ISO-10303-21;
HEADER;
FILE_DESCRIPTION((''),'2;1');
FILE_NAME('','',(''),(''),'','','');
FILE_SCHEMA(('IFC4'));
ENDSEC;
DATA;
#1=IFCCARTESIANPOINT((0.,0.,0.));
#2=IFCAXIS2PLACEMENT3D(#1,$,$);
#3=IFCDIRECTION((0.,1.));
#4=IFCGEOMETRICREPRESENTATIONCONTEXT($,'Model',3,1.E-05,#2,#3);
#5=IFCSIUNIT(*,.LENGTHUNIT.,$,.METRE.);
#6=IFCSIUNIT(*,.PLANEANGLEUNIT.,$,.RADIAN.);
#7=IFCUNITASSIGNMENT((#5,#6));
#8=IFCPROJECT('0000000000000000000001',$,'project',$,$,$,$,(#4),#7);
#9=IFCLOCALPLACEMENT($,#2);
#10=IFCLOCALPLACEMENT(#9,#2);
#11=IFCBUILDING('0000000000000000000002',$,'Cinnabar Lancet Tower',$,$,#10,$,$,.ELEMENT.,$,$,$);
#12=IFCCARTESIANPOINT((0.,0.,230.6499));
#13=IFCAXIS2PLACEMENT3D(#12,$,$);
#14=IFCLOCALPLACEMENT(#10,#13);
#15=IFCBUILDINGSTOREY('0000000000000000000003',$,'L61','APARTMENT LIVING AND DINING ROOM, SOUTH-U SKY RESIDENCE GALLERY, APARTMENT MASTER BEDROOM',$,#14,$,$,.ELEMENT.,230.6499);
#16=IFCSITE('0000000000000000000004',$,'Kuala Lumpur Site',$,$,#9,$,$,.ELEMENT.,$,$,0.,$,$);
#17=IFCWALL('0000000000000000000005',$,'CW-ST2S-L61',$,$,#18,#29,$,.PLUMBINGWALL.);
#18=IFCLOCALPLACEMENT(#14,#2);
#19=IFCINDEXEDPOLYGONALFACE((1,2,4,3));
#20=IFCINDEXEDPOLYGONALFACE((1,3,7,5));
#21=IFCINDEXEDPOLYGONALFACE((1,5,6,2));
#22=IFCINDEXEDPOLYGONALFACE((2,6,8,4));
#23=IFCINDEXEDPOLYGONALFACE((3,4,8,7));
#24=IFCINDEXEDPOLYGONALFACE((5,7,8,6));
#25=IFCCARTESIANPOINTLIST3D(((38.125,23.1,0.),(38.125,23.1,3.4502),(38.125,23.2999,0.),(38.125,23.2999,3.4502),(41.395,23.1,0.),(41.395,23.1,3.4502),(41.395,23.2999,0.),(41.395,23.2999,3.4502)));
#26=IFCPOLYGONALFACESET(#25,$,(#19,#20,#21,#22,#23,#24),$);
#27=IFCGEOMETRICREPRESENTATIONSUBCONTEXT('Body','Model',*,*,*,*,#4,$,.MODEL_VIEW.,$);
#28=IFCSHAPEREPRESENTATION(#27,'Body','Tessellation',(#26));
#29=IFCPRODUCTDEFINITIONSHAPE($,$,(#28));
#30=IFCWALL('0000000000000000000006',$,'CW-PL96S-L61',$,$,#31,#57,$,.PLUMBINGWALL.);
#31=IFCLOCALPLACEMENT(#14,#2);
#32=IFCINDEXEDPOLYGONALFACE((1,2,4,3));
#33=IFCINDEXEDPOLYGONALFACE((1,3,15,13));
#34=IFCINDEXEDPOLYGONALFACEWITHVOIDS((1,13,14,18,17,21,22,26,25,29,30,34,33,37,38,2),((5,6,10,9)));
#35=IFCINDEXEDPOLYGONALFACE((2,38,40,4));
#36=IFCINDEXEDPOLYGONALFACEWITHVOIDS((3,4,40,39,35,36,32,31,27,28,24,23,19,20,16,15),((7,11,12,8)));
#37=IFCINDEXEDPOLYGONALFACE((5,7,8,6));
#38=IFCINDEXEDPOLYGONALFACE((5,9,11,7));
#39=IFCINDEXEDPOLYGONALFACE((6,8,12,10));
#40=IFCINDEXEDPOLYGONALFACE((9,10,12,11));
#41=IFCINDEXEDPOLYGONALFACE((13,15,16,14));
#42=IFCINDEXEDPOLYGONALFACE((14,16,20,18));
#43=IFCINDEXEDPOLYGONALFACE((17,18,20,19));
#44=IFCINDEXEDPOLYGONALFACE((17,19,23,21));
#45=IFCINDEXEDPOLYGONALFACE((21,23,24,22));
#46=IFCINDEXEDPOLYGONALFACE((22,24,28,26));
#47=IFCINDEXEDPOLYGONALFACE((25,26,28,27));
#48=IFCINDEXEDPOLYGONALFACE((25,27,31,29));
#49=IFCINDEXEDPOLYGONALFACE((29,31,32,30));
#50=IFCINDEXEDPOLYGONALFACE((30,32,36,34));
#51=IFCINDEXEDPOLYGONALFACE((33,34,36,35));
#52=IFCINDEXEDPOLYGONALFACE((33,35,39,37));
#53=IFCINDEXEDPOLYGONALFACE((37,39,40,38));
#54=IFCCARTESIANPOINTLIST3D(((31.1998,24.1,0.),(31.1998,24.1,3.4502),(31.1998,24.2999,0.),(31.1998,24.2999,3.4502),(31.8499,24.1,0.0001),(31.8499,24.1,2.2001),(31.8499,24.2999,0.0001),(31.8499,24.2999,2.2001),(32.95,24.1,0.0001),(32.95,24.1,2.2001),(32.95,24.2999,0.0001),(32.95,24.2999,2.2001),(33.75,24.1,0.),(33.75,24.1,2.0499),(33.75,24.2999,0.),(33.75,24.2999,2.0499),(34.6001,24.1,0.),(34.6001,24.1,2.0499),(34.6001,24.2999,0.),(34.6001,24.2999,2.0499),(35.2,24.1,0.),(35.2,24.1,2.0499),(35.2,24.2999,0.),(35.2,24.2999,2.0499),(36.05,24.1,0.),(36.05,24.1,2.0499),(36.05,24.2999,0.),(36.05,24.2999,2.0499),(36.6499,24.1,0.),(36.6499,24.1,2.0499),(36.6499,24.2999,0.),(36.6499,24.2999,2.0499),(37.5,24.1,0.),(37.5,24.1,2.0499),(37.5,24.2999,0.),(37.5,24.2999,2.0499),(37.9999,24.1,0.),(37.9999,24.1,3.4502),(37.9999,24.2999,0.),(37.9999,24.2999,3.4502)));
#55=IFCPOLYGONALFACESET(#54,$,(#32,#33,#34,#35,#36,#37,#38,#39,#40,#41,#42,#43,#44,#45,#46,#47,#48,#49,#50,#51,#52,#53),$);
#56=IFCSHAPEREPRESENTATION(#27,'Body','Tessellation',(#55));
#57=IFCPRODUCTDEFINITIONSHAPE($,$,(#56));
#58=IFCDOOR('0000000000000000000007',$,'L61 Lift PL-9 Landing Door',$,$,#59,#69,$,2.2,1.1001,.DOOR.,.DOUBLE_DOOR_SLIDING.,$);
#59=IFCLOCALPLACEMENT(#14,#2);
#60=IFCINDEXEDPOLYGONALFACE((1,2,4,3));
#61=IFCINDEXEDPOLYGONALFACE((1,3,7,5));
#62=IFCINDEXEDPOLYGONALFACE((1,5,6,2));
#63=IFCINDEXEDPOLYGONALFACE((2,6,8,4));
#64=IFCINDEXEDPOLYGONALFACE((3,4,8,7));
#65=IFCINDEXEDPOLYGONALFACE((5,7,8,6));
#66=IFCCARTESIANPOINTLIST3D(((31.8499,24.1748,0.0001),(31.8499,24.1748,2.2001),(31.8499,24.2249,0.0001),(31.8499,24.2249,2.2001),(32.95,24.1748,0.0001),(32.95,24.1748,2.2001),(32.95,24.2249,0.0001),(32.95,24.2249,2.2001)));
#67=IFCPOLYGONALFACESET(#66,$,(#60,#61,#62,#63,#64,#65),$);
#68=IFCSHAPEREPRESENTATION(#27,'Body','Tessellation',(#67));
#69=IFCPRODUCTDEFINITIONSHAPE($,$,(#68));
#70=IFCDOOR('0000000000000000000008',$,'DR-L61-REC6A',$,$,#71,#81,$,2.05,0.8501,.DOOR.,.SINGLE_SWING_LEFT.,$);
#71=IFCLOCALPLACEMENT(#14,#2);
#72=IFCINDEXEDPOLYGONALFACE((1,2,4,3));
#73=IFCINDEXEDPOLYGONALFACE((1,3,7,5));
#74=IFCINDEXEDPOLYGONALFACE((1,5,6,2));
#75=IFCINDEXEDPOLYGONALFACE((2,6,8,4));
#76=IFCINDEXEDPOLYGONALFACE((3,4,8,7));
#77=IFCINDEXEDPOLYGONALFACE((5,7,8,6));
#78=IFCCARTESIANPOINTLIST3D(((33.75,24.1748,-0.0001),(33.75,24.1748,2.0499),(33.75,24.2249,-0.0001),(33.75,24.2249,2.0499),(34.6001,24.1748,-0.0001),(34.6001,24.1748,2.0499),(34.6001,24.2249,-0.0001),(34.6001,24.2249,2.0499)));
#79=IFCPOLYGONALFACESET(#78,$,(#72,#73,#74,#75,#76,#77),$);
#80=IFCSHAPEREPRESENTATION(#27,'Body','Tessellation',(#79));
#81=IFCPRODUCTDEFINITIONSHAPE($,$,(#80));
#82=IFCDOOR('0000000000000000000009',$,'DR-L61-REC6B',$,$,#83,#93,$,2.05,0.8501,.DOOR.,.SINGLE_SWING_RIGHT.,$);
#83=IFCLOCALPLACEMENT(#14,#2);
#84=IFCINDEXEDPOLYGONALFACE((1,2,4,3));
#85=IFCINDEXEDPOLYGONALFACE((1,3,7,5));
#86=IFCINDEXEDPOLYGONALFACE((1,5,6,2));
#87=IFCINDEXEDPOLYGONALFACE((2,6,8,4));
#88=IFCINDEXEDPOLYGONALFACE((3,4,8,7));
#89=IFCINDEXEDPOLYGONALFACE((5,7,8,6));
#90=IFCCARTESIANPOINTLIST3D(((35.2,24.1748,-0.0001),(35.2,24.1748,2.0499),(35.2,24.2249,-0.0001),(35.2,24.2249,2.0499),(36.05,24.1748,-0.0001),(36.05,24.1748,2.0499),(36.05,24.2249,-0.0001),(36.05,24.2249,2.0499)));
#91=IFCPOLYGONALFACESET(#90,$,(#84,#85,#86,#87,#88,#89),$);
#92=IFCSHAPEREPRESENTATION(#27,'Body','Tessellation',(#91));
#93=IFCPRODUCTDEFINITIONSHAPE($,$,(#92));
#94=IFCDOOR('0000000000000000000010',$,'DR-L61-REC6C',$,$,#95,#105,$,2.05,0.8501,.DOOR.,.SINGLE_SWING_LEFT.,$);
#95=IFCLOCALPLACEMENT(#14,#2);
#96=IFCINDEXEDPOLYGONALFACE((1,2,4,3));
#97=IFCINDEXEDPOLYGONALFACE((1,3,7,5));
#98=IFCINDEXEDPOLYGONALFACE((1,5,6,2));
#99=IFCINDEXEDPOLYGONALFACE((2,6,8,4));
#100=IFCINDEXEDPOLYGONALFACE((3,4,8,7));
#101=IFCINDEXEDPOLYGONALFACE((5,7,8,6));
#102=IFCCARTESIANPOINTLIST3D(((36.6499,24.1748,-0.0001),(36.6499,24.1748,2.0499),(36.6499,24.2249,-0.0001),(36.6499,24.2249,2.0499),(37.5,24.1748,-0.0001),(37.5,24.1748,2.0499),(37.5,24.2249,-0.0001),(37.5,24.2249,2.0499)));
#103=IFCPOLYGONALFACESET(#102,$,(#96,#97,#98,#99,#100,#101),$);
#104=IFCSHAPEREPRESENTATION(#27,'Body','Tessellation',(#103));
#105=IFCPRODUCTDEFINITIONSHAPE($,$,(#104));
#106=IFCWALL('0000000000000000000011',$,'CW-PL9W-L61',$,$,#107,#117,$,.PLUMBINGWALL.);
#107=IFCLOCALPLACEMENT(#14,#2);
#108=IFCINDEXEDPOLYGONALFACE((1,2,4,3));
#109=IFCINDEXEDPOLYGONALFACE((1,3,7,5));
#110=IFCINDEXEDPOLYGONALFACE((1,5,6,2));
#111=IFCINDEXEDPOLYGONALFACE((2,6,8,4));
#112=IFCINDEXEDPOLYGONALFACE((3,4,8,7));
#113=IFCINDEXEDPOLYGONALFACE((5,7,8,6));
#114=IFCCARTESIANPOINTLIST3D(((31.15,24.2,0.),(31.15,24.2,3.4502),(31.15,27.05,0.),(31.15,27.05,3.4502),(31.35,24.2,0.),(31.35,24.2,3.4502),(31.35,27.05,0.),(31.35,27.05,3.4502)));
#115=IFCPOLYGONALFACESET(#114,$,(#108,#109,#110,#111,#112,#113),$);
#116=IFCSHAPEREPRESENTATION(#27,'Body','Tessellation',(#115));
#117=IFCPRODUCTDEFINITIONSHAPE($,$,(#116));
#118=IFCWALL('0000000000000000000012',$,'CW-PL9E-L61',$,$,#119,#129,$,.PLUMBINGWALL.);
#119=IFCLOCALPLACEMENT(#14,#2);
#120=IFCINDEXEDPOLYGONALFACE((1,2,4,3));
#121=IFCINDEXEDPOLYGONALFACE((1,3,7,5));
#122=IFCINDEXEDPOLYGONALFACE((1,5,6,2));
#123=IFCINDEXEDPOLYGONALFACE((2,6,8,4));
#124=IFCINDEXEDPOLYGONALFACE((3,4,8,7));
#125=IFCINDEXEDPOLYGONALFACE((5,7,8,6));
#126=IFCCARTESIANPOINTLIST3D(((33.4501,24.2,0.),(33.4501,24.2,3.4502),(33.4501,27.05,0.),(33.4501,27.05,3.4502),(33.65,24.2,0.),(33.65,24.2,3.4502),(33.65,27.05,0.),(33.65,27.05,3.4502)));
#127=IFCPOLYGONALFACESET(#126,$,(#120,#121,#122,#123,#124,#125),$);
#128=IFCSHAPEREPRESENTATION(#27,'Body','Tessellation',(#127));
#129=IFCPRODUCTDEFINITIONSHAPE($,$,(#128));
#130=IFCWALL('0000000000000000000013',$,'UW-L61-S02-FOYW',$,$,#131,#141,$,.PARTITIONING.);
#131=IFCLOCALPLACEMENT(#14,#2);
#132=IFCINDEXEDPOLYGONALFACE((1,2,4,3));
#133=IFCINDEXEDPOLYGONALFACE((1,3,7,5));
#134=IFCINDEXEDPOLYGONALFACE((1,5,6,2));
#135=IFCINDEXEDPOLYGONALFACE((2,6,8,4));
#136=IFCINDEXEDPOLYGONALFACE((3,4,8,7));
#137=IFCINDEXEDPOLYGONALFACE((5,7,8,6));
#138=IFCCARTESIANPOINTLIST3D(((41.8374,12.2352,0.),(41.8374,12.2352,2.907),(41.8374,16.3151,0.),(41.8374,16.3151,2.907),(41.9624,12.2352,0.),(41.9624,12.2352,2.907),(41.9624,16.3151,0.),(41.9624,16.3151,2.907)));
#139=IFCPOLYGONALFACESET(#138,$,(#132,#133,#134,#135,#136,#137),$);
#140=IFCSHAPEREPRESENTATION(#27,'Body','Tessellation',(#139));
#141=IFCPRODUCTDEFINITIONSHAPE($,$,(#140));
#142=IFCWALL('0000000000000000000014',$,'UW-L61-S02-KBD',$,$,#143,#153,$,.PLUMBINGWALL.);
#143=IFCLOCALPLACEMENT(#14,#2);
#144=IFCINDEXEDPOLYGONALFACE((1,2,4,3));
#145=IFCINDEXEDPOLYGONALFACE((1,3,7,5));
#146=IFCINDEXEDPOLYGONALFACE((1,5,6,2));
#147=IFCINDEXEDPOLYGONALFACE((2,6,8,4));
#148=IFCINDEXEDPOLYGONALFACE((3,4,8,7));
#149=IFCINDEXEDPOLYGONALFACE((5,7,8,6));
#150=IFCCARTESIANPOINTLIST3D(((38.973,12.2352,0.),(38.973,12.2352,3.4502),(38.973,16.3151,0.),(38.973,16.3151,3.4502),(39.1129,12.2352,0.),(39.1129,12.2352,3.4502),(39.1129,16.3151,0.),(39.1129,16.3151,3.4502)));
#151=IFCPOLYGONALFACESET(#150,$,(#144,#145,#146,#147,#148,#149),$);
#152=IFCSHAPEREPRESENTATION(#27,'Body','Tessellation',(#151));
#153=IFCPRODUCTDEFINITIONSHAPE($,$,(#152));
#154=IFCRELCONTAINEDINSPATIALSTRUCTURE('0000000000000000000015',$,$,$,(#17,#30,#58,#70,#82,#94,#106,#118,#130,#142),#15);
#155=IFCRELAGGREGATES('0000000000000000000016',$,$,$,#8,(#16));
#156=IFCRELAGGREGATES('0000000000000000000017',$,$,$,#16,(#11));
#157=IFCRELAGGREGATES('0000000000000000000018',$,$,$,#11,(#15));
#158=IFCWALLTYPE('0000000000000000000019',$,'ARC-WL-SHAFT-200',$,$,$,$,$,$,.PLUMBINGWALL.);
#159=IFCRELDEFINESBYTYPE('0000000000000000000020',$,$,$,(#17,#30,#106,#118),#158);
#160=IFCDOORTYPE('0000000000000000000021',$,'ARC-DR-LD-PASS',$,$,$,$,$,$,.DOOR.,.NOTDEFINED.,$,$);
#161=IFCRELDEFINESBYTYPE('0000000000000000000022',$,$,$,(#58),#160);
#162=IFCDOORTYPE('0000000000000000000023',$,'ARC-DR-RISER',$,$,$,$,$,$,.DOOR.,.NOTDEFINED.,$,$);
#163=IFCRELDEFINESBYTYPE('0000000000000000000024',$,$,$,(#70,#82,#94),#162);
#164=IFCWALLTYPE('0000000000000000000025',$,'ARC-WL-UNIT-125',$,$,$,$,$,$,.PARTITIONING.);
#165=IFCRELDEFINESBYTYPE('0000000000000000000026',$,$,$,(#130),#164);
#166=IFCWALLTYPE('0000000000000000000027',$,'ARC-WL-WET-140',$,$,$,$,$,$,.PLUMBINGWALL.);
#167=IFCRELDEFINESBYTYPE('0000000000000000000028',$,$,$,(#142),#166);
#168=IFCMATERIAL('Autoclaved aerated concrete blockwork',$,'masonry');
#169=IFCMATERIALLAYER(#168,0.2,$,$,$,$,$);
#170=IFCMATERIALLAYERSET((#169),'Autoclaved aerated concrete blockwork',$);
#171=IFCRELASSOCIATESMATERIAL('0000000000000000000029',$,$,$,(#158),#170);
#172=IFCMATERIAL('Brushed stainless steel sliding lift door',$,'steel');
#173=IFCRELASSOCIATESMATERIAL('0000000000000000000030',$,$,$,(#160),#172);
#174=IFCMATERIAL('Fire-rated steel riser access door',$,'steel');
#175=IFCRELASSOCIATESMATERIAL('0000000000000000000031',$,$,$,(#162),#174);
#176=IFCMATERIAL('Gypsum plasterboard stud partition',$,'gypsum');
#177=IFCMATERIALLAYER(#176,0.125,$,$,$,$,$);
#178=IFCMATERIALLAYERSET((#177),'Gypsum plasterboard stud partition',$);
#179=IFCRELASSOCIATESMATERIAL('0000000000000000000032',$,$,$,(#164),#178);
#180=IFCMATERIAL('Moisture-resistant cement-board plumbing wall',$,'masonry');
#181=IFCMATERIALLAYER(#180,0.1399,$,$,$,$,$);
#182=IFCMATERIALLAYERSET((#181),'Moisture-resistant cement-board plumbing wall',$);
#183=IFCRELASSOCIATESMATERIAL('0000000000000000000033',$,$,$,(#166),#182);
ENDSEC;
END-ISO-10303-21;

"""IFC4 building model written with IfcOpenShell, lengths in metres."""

from ifc_helpers import new_model, si_unit, direction, frame, frame_2d, origin, place, context, subcontext, project, spatial, rectangle, extrude, material, layer, layer_set, type_object, element, fill, save


model = new_model("IFC4")

# Units and contexts
model_context = context("Model", 3, precision=1e-05, world=origin(), true_north=direction((0.0, 1.0)))
body_context = subcontext(model_context, "Body", "Model", "MODEL_VIEW")
ifc_project = project(units=[si_unit("LENGTHUNIT", "METRE"), si_unit("PLANEANGLEUNIT", "RADIAN")], contexts=[model_context])

# Site, building, storey
site_placement = place(None, origin())
site = spatial("IfcSite", under=ifc_project, at=site_placement, Name="Kuala Lumpur Site", CompositionType="ELEMENT", RefElevation=0.0)
building_placement = place(site_placement, origin())
building = spatial("IfcBuilding", under=site, at=building_placement, Name="Cinnabar Lancet Tower", CompositionType="ELEMENT")
storey_placement = place(building_placement, frame((0.0, 0.0, 230.6499)))
storey = spatial("IfcBuildingStorey", under=building, at=storey_placement, Name="L61", Description="APARTMENT LIVING AND DINING ROOM, SOUTH-U SKY RESIDENCE GALLERY, APARTMENT MASTER BEDROOM", CompositionType="ELEMENT", Elevation=230.6499)

# Wall
ifc_material_1 = material(Name="Autoclaved aerated concrete blockwork", Category="masonry")
ifc_layer_1 = layer(ifc_material_1, 0.2)
ifc_layer_set_1 = layer_set([ifc_layer_1], Name="Autoclaved aerated concrete blockwork")
wall_type_1 = type_object("IfcWallType", Name="ARC-WL-SHAFT-200", PredefinedType="PLUMBINGWALL", material=ifc_layer_set_1)
wall_1_placement = place(storey_placement, frame((38.125, 23.2, 0.0), z_axis=(0.0, 0.0, 1.0), x_axis=(1.0, 0.0, 0.0)))
element("IfcWall", 1, at=wall_1_placement, inside=storey, type_object=wall_type_1, Name="CW-ST2S-L61", PredefinedType="PLUMBINGWALL", context=body_context, shape_type="SweptSolid", body=[
    extrude(rectangle(XDim=3.27, YDim=0.2, at=frame_2d((1.635, 0.0))), origin(), (0.0, 0.0, 1.0), 3.4502),
])

# Wall, openings, doors
wall_2_placement = place(storey_placement, frame((31.2, 24.2, 0.0), z_axis=(0.0, 0.0, 1.0), x_axis=(1.0, 0.0, 0.0)))
wall_2 = element("IfcWall", 2, at=wall_2_placement, inside=storey, type_object=wall_type_1, Name="CW-PL96S-L61", PredefinedType="PLUMBINGWALL", context=body_context, shape_type="SweptSolid", body=[
    extrude(rectangle(XDim=6.8, YDim=0.2, at=frame_2d((3.3999, 0.0))), origin(), (0.0, 0.0, 1.0), 3.4502),
])
opening_1_placement = place(wall_2_placement, frame((0.6499, 0.0, 0.0)))
opening_1 = element("IfcOpeningElement", 3, at=opening_1_placement, cuts=wall_2, PredefinedType="OPENING", context=body_context, shape_type="SweptSolid", body=[
    extrude(rectangle(XDim=1.1001, YDim=2.2, at=frame_2d((0.55, 1.1001))), frame((0.0, 0.1099, 0.0), z_axis=(0.0, -1.0, 0.0), x_axis=(1.0, 0.0, 0.0)), (0.0, 0.0, 1.0), 0.22),
])
opening_2_placement = place(wall_2_placement, frame((2.55, 0.0, 0.0)))
opening_2 = element("IfcOpeningElement", 4, at=opening_2_placement, cuts=wall_2, PredefinedType="OPENING", context=body_context, shape_type="SweptSolid", body=[
    extrude(rectangle(XDim=0.8501, YDim=2.05, at=frame_2d((0.425, 1.0249))), frame((0.0, 0.1099, 0.0), z_axis=(0.0, -1.0, 0.0), x_axis=(1.0, 0.0, 0.0)), (0.0, 0.0, 1.0), 0.22),
])
opening_3_placement = place(wall_2_placement, frame((4.0, 0.0, 0.0)))
opening_3 = element("IfcOpeningElement", 5, at=opening_3_placement, cuts=wall_2, PredefinedType="OPENING", context=body_context, shape_type="SweptSolid", body=[
    extrude(rectangle(XDim=0.8501, YDim=2.05, at=frame_2d((0.425, 1.0249))), frame((0.0, 0.1099, 0.0), z_axis=(0.0, -1.0, 0.0), x_axis=(1.0, 0.0, 0.0)), (0.0, 0.0, 1.0), 0.22),
])
opening_4_placement = place(wall_2_placement, frame((5.45, 0.0, 0.0)))
opening_4 = element("IfcOpeningElement", 6, at=opening_4_placement, cuts=wall_2, PredefinedType="OPENING", context=body_context, shape_type="SweptSolid", body=[
    extrude(rectangle(XDim=0.8501, YDim=2.05, at=frame_2d((0.425, 1.0249))), frame((0.0, 0.1099, 0.0), z_axis=(0.0, -1.0, 0.0), x_axis=(1.0, 0.0, 0.0)), (0.0, 0.0, 1.0), 0.22),
])
ifc_material_2 = material(Name="Brushed stainless steel sliding lift door", Category="steel")
door_type_1 = type_object("IfcDoorType", Name="ARC-DR-LD-PASS", OperationType="NOTDEFINED", PredefinedType="DOOR", material=ifc_material_2)
door_1_placement = place(opening_1_placement, origin())
door_1 = element("IfcDoor", 7, at=door_1_placement, inside=storey, type_object=door_type_1, Name="L61 Lift PL-9 Landing Door", OperationType="DOUBLE_DOOR_SLIDING", OverallHeight=2.2, OverallWidth=1.1001, PredefinedType="DOOR", context=body_context, shape_type="SweptSolid", body=[
    extrude(rectangle(XDim=1.1001, YDim=2.2, at=frame_2d((0.55, 1.1001))), frame((0.0, 0.0249, 0.0), z_axis=(0.0, -1.0, 0.0), x_axis=(1.0, 0.0, 0.0)), (0.0, 0.0, 1.0), 0.05),
])
fill(opening_1, door_1)
ifc_material_3 = material(Name="Fire-rated steel riser access door", Category="steel")
door_type_2 = type_object("IfcDoorType", Name="ARC-DR-RISER", OperationType="NOTDEFINED", PredefinedType="DOOR", material=ifc_material_3)
door_2_placement = place(opening_2_placement, origin())
door_2 = element("IfcDoor", 8, at=door_2_placement, inside=storey, type_object=door_type_2, Name="DR-L61-REC6A", OperationType="SINGLE_SWING_LEFT", OverallHeight=2.05, OverallWidth=0.8501, PredefinedType="DOOR", context=body_context, shape_type="SweptSolid", body=[
    extrude(rectangle(XDim=0.8501, YDim=2.05, at=frame_2d((0.425, 1.0249))), frame((0.0, 0.0249, 0.0), z_axis=(0.0, -1.0, 0.0), x_axis=(1.0, 0.0, 0.0)), (0.0, 0.0, 1.0), 0.05),
])
fill(opening_2, door_2)
door_3_placement = place(opening_3_placement, origin())
door_3 = element("IfcDoor", 9, at=door_3_placement, inside=storey, type_object=door_type_2, Name="DR-L61-REC6B", OperationType="SINGLE_SWING_RIGHT", OverallHeight=2.05, OverallWidth=0.8501, PredefinedType="DOOR", context=body_context, shape_type="SweptSolid", body=[
    extrude(rectangle(XDim=0.8501, YDim=2.05, at=frame_2d((0.425, 1.0249))), frame((0.0, 0.0249, 0.0), z_axis=(0.0, -1.0, 0.0), x_axis=(1.0, 0.0, 0.0)), (0.0, 0.0, 1.0), 0.05),
])
fill(opening_3, door_3)
door_4_placement = place(opening_4_placement, origin())
door_4 = element("IfcDoor", 10, at=door_4_placement, inside=storey, type_object=door_type_2, Name="DR-L61-REC6C", OperationType="SINGLE_SWING_LEFT", OverallHeight=2.05, OverallWidth=0.8501, PredefinedType="DOOR", context=body_context, shape_type="SweptSolid", body=[
    extrude(rectangle(XDim=0.8501, YDim=2.05, at=frame_2d((0.425, 1.0249))), frame((0.0, 0.0249, 0.0), z_axis=(0.0, -1.0, 0.0), x_axis=(1.0, 0.0, 0.0)), (0.0, 0.0, 1.0), 0.05),
])
fill(opening_4, door_4)

# Walls
for number, where, z_axis, x_axis, name in (
    (11, (31.25, 24.2, 0.0), (0.0, 0.0, 1.0), (0.0, 1.0, 0.0), "CW-PL9W-L61"),
    (12, (33.55, 24.2, 0.0), (0.0, 0.0, 1.0), (0.0, 1.0, 0.0), "CW-PL9E-L61"),
):
    element("IfcWall", number, at=place(storey_placement, frame(where, z_axis=z_axis, x_axis=x_axis)), inside=storey, type_object=wall_type_1, Name=name, PredefinedType="PLUMBINGWALL", context=body_context, shape_type="SweptSolid", body=[
        extrude(rectangle(XDim=2.8501, YDim=0.2, at=frame_2d((1.425, 0.0))), origin(), (0.0, 0.0, 1.0), 3.4502),
    ])
ifc_material_4 = material(Name="Gypsum plasterboard stud partition", Category="gypsum")
ifc_layer_2 = layer(ifc_material_4, 0.125)
ifc_layer_set_2 = layer_set([ifc_layer_2], Name="Gypsum plasterboard stud partition")
wall_type_2 = type_object("IfcWallType", Name="ARC-WL-UNIT-125", PredefinedType="PARTITIONING", material=ifc_layer_set_2)
wall_3_placement = place(storey_placement, frame((41.8999, 12.2351, 0.0), z_axis=(0.0, 0.0, 1.0), x_axis=(0.0, 1.0, 0.0)))
element("IfcWall", 13, at=wall_3_placement, inside=storey, type_object=wall_type_2, Name="UW-L61-S02-FOYW", PredefinedType="PARTITIONING", context=body_context, shape_type="SweptSolid", body=[
    extrude(rectangle(XDim=4.0798, YDim=0.125, at=frame_2d((2.04, 0.0))), origin(), (0.0, 0.0, 1.0), 2.907),
])
ifc_material_5 = material(Name="Moisture-resistant cement-board plumbing wall", Category="masonry")
ifc_layer_3 = layer(ifc_material_5, 0.1399)
ifc_layer_set_3 = layer_set([ifc_layer_3], Name="Moisture-resistant cement-board plumbing wall")
wall_type_3 = type_object("IfcWallType", Name="ARC-WL-WET-140", PredefinedType="PLUMBINGWALL", material=ifc_layer_set_3)
wall_4_placement = place(storey_placement, frame((39.043, 12.2351, 0.0), z_axis=(0.0, 0.0, 1.0), x_axis=(0.0, 1.0, 0.0)))
element("IfcWall", 14, at=wall_4_placement, inside=storey, type_object=wall_type_3, Name="UW-L61-S02-KBD", PredefinedType="PLUMBINGWALL", context=body_context, shape_type="SweptSolid", body=[
    extrude(rectangle(XDim=4.0798, YDim=0.1399, at=frame_2d((2.04, 0.0))), origin(), (0.0, 0.0, 1.0), 3.4502),
])

save(model, "model.ifc")
